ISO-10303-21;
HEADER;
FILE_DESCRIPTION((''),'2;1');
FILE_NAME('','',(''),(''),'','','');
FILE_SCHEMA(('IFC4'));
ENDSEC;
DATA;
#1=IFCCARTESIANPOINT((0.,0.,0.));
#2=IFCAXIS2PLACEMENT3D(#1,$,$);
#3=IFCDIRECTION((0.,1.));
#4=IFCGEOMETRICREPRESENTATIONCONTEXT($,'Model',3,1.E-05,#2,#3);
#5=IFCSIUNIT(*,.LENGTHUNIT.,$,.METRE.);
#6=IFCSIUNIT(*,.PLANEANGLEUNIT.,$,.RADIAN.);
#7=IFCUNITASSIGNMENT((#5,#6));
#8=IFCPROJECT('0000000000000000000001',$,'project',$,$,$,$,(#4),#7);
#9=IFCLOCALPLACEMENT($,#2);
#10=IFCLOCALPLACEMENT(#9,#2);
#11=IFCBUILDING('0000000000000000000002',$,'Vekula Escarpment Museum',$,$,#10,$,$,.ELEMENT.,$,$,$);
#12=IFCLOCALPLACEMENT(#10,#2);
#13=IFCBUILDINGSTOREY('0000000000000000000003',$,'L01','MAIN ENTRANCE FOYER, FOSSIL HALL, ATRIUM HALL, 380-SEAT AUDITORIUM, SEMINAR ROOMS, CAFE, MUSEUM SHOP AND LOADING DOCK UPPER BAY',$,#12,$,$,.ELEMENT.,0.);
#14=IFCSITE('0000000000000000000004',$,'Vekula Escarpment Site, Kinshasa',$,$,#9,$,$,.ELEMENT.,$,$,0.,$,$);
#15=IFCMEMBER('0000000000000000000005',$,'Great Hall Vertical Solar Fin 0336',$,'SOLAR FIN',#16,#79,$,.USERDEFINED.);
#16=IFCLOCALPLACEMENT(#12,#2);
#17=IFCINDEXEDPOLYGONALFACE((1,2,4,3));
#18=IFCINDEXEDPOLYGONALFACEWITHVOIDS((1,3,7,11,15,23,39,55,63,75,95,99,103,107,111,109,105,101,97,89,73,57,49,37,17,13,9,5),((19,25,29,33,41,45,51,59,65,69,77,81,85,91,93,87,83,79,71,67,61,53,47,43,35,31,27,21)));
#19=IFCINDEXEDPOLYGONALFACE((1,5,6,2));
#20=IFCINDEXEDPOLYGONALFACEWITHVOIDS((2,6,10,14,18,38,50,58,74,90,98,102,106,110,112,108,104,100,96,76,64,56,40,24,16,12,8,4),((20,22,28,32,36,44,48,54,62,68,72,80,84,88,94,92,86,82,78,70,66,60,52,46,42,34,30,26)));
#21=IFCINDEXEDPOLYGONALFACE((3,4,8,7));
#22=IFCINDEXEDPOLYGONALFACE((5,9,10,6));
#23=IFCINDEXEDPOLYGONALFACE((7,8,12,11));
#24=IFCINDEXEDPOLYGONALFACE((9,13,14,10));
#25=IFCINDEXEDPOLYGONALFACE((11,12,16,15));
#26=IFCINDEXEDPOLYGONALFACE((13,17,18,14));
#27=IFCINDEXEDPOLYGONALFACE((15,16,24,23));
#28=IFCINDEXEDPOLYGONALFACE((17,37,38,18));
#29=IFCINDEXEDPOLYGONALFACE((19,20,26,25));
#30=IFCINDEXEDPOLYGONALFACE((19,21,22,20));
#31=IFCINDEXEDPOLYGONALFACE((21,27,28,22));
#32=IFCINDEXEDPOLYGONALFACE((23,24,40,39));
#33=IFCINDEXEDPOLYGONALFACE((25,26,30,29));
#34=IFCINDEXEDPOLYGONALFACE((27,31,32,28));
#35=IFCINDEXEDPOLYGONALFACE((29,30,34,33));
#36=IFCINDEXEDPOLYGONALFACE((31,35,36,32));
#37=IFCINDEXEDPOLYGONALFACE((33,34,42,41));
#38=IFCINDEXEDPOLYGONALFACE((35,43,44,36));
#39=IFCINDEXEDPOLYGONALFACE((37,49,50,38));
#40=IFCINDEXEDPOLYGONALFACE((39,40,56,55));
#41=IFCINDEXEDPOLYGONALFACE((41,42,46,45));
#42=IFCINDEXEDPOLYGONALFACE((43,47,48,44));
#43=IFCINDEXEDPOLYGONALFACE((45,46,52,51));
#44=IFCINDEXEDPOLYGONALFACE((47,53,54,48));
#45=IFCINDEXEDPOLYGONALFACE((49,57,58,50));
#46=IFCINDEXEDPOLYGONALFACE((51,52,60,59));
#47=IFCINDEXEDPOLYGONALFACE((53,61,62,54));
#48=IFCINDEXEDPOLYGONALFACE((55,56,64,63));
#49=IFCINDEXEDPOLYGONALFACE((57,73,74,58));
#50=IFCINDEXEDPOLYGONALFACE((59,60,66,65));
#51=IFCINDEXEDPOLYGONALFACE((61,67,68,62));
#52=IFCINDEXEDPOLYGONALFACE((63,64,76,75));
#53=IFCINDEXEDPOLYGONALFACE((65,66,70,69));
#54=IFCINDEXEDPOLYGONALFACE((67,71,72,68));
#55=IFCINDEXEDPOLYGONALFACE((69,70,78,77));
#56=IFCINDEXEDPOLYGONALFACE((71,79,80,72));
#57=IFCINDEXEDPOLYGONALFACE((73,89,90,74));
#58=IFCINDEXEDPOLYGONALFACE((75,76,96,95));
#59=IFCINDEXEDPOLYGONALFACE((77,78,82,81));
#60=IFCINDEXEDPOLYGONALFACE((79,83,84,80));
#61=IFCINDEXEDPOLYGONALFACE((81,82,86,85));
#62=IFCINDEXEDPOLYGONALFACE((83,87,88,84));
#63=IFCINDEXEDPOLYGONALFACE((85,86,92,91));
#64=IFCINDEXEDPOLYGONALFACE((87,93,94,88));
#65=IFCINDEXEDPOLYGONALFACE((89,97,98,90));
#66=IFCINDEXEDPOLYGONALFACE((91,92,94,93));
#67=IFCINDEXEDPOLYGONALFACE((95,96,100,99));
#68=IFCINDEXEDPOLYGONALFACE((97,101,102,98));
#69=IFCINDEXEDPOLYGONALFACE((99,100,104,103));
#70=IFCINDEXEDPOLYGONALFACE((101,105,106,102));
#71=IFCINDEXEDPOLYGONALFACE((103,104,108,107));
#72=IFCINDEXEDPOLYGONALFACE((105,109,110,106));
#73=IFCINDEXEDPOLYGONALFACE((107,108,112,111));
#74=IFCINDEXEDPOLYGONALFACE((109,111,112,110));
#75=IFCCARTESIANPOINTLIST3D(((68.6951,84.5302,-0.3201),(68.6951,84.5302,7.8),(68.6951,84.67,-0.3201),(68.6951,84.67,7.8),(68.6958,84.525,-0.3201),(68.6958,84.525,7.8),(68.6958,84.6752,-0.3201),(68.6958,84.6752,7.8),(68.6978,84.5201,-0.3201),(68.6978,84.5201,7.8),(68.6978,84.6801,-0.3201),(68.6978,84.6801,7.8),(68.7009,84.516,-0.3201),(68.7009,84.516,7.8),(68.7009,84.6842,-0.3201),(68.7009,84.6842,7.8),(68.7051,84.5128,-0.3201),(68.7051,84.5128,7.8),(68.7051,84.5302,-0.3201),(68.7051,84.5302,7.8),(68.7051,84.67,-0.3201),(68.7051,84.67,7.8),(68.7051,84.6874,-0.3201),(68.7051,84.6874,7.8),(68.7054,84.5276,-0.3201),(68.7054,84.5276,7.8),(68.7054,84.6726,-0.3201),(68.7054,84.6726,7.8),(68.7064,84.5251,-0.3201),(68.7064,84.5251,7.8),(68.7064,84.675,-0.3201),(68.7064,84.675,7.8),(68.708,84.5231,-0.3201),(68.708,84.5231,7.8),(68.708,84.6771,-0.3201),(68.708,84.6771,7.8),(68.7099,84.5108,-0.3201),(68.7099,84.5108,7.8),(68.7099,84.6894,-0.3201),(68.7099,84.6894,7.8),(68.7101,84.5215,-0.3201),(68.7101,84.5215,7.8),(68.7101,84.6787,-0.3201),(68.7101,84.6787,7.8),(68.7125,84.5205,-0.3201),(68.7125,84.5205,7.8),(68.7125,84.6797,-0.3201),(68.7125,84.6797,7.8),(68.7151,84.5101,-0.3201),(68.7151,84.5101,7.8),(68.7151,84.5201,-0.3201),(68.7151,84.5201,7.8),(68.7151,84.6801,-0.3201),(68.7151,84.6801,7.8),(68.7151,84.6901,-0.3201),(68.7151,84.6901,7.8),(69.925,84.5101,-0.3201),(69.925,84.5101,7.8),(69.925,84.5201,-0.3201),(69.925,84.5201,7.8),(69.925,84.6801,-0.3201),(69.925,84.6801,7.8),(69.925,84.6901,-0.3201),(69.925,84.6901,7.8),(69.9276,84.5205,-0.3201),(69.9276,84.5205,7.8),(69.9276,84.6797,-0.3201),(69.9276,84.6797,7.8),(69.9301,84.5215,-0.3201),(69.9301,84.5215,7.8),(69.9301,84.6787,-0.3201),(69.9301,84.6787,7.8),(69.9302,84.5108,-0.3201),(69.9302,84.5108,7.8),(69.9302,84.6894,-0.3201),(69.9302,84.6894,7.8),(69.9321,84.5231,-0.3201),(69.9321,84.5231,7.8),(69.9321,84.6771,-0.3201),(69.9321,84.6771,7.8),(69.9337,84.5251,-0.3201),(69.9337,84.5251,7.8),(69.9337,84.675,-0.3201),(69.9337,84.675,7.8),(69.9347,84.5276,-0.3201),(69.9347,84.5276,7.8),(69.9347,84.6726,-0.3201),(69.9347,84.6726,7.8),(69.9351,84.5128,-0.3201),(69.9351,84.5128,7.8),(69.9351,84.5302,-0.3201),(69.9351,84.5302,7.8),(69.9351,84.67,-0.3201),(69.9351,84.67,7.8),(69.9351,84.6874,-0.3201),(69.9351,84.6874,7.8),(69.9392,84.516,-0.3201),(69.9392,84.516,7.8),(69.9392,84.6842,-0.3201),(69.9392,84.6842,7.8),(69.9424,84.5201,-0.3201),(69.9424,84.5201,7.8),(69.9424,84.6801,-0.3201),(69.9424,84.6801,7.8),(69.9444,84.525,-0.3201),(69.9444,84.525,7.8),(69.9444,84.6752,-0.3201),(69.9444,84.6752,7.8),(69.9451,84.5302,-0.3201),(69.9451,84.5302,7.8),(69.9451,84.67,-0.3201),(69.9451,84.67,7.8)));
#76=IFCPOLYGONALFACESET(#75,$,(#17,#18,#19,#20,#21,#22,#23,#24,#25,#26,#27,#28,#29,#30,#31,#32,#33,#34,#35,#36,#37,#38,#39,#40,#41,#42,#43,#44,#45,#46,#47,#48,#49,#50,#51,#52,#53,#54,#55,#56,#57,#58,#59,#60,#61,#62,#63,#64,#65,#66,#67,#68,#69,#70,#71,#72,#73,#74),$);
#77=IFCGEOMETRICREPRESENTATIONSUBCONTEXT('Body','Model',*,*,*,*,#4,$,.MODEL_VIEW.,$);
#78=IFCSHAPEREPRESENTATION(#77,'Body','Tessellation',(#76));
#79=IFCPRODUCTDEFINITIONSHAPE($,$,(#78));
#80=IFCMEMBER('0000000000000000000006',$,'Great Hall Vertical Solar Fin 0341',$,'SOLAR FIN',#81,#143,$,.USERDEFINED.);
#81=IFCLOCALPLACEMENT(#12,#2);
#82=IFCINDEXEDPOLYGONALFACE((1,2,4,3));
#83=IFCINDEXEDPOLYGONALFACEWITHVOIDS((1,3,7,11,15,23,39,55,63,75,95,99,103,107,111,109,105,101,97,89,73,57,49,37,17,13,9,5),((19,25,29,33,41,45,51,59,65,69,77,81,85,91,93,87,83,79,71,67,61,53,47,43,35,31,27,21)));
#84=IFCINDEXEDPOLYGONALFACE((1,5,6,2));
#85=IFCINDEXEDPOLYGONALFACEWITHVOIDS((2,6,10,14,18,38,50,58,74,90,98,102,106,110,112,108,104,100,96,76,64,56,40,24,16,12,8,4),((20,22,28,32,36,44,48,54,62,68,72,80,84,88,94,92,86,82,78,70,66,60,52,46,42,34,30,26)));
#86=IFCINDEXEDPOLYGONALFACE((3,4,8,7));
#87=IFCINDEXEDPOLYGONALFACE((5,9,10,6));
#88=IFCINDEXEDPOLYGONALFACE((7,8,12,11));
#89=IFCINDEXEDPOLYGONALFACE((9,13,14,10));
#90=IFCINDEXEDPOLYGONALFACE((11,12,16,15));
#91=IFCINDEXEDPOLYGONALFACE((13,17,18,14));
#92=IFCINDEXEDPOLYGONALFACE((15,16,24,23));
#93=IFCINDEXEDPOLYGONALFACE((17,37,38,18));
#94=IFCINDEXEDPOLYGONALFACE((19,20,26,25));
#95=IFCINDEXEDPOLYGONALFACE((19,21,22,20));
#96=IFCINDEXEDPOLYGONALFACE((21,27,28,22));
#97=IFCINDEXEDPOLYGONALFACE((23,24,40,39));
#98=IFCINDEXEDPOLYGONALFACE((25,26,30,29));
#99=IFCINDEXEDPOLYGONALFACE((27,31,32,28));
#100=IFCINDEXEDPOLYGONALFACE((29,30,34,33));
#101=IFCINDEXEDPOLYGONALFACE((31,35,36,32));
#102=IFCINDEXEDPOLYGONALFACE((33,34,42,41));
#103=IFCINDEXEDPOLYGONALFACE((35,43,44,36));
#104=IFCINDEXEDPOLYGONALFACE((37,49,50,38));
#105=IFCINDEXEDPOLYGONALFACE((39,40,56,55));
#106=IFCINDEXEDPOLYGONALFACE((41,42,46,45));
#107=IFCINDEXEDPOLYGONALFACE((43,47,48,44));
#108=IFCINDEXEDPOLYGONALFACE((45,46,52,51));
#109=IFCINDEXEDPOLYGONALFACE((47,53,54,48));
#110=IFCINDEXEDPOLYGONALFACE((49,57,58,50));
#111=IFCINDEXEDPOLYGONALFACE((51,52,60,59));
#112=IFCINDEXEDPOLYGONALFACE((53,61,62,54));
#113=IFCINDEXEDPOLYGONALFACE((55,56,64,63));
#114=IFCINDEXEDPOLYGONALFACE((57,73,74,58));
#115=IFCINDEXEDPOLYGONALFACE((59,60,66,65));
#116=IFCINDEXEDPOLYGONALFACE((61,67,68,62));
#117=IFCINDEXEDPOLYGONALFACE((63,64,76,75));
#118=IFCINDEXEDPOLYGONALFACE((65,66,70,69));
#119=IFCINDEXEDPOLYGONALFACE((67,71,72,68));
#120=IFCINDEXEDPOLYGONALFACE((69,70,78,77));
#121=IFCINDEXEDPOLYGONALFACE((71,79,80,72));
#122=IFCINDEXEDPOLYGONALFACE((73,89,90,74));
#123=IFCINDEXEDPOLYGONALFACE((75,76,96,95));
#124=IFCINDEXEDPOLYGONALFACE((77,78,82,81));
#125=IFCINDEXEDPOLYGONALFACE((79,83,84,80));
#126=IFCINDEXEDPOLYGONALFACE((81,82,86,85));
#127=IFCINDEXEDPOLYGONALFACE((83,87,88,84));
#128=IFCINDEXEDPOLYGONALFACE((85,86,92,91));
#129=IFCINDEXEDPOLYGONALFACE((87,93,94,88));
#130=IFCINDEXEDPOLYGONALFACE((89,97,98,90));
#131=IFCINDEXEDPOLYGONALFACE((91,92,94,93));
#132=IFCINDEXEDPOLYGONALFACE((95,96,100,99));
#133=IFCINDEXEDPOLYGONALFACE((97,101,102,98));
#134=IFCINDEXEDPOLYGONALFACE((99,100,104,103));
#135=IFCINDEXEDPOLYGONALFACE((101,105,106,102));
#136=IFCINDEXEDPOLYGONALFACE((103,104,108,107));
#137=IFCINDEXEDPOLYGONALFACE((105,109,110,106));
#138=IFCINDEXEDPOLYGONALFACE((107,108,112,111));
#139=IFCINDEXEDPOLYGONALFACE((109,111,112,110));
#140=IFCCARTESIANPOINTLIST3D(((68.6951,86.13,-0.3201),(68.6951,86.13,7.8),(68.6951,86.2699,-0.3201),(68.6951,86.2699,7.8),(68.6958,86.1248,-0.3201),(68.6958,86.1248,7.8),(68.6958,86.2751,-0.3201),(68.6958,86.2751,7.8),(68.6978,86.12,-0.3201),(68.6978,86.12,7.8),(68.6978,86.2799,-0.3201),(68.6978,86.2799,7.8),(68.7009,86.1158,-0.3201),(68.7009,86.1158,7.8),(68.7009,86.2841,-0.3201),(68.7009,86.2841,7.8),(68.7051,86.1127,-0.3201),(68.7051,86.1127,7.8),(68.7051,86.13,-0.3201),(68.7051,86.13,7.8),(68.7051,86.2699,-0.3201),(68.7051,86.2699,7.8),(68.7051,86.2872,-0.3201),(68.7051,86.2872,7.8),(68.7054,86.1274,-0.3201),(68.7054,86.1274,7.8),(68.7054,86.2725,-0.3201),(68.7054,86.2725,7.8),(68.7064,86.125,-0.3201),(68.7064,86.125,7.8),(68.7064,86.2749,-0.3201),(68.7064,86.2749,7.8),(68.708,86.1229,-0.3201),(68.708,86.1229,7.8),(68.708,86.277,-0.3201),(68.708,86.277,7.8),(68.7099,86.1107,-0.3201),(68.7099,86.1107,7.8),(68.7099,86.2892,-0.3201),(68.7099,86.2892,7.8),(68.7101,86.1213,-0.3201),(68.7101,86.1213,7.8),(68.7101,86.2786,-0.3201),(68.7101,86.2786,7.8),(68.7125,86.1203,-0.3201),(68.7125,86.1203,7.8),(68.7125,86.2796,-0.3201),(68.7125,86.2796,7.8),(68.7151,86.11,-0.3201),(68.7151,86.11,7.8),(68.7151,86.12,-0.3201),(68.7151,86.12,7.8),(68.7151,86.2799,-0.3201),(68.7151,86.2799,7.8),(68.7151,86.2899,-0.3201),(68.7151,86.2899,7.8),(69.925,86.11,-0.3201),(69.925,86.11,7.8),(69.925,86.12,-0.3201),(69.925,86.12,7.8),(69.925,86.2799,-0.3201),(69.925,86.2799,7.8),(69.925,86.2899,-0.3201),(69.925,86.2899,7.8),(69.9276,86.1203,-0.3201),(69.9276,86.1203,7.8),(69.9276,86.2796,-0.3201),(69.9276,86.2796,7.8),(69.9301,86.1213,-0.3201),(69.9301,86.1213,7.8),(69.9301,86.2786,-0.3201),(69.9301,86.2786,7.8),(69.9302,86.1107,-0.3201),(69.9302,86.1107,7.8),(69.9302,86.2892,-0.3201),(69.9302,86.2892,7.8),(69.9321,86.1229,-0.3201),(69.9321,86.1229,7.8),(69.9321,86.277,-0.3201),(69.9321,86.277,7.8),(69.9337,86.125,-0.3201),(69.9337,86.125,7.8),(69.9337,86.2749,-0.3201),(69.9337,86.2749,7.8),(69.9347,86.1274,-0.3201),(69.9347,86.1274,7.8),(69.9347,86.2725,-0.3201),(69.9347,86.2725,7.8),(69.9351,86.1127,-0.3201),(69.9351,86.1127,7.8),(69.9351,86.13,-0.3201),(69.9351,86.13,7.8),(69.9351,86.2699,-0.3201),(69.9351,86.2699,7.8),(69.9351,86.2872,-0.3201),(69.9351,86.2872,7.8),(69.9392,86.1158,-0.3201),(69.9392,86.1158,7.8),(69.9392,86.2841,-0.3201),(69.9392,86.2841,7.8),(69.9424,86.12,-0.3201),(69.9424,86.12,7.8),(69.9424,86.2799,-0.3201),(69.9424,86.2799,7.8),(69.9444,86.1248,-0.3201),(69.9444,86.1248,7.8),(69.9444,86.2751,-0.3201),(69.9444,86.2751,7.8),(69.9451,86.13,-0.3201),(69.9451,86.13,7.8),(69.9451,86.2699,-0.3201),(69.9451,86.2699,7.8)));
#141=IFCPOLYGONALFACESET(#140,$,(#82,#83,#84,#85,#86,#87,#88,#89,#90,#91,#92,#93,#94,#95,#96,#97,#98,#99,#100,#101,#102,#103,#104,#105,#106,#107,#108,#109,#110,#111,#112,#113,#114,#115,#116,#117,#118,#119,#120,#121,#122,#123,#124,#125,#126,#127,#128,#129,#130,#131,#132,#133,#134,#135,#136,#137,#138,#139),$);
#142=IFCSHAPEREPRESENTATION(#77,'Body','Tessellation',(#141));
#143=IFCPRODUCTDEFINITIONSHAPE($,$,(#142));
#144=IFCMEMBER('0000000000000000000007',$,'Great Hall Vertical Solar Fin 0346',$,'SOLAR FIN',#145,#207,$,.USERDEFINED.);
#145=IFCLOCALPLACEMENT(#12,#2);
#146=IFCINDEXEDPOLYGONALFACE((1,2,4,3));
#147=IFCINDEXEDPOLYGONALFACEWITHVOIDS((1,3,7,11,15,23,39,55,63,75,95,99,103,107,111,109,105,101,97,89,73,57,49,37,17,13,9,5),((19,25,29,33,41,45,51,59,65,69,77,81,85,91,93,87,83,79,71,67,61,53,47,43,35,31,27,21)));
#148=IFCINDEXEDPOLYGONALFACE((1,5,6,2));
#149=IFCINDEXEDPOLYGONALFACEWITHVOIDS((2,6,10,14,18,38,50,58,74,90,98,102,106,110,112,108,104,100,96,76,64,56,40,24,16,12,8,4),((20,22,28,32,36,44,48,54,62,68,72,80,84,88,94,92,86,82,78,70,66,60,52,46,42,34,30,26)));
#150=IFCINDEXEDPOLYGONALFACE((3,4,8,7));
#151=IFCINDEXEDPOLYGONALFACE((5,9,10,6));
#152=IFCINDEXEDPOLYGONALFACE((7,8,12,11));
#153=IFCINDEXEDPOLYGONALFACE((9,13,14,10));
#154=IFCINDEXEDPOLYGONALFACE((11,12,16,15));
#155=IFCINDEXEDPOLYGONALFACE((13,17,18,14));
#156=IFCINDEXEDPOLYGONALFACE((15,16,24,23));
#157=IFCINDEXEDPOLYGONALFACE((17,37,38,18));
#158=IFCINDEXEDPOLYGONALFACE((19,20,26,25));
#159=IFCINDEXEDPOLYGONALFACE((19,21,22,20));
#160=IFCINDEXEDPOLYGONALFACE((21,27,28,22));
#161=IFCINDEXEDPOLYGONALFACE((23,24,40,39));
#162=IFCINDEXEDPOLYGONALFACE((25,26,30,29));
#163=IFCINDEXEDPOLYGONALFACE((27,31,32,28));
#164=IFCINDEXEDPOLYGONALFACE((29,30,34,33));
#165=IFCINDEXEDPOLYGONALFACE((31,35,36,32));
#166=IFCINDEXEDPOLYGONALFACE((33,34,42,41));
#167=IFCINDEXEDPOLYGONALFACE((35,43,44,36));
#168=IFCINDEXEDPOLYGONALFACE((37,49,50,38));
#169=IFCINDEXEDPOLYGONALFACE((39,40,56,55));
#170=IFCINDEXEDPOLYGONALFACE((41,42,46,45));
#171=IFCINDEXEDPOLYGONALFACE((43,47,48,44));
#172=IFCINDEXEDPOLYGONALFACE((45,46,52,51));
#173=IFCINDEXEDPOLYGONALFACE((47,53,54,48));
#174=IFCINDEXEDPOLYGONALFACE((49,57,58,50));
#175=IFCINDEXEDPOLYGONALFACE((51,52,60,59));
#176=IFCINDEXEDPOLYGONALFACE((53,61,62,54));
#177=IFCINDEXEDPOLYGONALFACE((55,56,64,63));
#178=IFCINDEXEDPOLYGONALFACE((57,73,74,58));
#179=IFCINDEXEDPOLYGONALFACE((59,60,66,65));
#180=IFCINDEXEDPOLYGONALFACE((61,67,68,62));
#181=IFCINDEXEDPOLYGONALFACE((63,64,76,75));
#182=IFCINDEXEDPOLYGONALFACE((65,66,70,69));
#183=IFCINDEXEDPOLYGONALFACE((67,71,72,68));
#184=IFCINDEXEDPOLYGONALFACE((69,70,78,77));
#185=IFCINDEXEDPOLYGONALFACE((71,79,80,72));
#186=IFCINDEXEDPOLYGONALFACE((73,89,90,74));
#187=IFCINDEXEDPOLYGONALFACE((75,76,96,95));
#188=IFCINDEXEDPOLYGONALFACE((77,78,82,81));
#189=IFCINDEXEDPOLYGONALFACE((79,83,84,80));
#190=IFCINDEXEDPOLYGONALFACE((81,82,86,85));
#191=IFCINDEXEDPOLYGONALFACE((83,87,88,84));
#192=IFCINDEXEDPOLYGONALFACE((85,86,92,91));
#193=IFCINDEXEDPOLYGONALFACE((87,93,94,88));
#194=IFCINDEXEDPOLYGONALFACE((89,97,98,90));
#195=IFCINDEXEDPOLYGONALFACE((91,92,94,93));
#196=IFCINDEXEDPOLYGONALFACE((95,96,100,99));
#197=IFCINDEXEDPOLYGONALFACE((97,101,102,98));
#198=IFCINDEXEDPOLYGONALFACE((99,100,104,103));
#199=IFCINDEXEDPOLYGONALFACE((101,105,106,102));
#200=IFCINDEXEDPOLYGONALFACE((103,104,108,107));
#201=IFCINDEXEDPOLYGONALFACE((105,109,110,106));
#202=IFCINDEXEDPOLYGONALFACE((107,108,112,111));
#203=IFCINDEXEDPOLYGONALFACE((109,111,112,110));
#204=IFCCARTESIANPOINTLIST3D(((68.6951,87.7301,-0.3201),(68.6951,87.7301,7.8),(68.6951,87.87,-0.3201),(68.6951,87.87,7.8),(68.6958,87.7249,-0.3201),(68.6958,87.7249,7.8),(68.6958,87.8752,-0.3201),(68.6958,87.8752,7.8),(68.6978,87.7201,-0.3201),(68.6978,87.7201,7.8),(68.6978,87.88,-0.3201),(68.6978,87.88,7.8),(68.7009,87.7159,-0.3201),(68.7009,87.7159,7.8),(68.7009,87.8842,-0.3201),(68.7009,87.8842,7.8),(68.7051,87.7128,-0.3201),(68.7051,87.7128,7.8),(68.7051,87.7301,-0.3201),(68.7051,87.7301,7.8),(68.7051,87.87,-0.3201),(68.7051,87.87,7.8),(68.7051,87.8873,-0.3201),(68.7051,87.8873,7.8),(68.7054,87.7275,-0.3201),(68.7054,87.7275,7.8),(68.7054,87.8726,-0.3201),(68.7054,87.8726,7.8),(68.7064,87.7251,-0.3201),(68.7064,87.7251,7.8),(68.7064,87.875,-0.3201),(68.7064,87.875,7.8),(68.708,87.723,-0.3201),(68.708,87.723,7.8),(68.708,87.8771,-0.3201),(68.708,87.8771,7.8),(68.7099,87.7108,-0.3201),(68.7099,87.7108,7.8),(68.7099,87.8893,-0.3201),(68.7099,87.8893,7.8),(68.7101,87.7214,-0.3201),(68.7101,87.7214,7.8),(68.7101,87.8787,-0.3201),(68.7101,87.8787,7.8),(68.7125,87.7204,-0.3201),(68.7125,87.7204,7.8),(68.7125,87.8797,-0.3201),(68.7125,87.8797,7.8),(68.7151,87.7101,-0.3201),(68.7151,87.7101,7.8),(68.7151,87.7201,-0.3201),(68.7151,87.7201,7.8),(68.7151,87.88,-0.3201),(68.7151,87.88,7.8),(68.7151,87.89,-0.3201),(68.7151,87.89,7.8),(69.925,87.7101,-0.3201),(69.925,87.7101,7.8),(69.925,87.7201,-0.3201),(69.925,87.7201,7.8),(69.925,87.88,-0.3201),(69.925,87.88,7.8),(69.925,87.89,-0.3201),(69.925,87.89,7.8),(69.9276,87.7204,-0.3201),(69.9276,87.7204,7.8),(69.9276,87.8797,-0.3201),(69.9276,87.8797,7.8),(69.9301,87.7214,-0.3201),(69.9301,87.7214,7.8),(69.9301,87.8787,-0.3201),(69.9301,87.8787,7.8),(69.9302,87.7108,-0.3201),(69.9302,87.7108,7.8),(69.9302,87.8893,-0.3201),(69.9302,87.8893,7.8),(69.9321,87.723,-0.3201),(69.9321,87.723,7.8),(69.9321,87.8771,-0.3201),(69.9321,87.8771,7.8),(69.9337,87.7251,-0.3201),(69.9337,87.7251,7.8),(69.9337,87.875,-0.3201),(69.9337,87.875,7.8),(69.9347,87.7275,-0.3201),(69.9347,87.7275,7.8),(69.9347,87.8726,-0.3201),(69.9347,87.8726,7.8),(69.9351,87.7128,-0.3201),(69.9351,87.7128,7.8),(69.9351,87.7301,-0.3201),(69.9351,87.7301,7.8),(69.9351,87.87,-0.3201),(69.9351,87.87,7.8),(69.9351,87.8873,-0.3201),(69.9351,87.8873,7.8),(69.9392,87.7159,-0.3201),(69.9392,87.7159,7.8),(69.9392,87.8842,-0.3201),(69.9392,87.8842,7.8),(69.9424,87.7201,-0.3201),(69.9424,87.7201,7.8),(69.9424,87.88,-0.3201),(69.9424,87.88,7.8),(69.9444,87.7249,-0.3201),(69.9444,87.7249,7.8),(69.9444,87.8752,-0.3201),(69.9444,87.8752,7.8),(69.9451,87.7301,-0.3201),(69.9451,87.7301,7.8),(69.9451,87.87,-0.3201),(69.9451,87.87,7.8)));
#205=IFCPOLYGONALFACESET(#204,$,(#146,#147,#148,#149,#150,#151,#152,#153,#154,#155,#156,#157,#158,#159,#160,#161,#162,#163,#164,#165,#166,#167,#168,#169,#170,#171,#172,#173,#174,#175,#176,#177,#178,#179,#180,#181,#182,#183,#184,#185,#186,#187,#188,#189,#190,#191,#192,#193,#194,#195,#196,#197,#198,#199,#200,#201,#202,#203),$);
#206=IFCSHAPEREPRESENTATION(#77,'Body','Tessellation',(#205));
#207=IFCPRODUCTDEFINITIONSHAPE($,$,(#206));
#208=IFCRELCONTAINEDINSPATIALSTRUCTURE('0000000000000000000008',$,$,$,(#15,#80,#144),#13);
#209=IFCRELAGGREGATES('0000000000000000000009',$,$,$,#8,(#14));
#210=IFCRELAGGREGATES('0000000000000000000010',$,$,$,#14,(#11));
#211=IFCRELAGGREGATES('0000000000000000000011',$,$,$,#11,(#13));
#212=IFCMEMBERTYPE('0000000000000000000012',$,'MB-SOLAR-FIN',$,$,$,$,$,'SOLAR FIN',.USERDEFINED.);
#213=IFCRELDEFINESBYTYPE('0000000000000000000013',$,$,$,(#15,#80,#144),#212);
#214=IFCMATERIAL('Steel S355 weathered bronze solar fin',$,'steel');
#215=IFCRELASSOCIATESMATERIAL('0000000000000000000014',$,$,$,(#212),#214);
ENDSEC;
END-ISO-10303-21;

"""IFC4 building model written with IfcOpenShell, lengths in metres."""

from ifc_helpers import new_model, si_unit, direction, frame, origin, origin_2d, place, context, subcontext, project, spatial, hollow_rectangle, extrude, material, material_profile, profile_set, type_object, element, save


model = new_model("IFC4")

# Units and contexts
model_context = context("Model", 3, precision=1e-05, world=origin(), true_north=direction((0.0, 1.0)))
body_context = subcontext(model_context, "Body", "Model", "MODEL_VIEW")
ifc_project = project(units=[si_unit("LENGTHUNIT", "METRE"), si_unit("PLANEANGLEUNIT", "RADIAN")], contexts=[model_context])

# Site, building, storey
site_placement = place(None, origin())
site = spatial("IfcSite", under=ifc_project, at=site_placement, Name="Vekula Escarpment Site, Kinshasa", CompositionType="ELEMENT", RefElevation=0.0)
building_placement = place(site_placement, origin())
building = spatial("IfcBuilding", under=site, at=building_placement, Name="Vekula Escarpment Museum", CompositionType="ELEMENT")
storey_placement = place(building_placement, origin())
storey = spatial("IfcBuildingStorey", under=building, at=storey_placement, Name="L01", Description="MAIN ENTRANCE FOYER, FOSSIL HALL, ATRIUM HALL, 380-SEAT AUDITORIUM, SEMINAR ROOMS, CAFE, MUSEUM SHOP AND LOADING DOCK UPPER BAY", CompositionType="ELEMENT", Elevation=0.0)

# Members
ifc_material_1 = material(Name="Steel S355 weathered bronze solar fin", Category="steel")
ifc_material_profile_1 = material_profile(ifc_material_1, hollow_rectangle(XDim=0.1799, YDim=1.25, WallThickness=0.01, InnerFilletRadius=0.01, OuterFilletRadius=0.02, at=origin_2d()), Name="RHS 1250x180x10")
ifc_profile_set_1 = profile_set([ifc_material_profile_1], Name="Steel S355 weathered bronze solar fin")
member_type_1 = type_object("IfcMemberType", Name="MB-SOLAR-FIN", ElementType="SOLAR FIN", PredefinedType="USERDEFINED", material=ifc_profile_set_1)
for number, where, z_axis, x_axis, name in (
    (1, (69.3201, 84.6001, -0.3201), (0.0, 0.0, 1.0), (0.0, 1.0, 0.0), "Great Hall Vertical Solar Fin 0336"),
    (2, (69.3201, 86.2, -0.3201), (0.0, 0.0, 1.0), (0.0, 1.0, 0.0), "Great Hall Vertical Solar Fin 0341"),
    (3, (69.3201, 87.8, -0.3201), (0.0, 0.0, 1.0), (0.0, 1.0, 0.0), "Great Hall Vertical Solar Fin 0346"),
):
    element("IfcMember", number, at=place(storey_placement, frame(where, z_axis=z_axis, x_axis=x_axis)), inside=storey, type_object=member_type_1, Name=name, ObjectType="SOLAR FIN", PredefinedType="USERDEFINED", context=body_context, shape_type="SweptSolid", body=[
        extrude(hollow_rectangle(XDim=0.1799, YDim=1.25, WallThickness=0.01, InnerFilletRadius=0.01, OuterFilletRadius=0.02, at=origin_2d()), origin(), (0.0, 0.0, 1.0), 8.1201),
    ])

save(model, "model.ifc")
